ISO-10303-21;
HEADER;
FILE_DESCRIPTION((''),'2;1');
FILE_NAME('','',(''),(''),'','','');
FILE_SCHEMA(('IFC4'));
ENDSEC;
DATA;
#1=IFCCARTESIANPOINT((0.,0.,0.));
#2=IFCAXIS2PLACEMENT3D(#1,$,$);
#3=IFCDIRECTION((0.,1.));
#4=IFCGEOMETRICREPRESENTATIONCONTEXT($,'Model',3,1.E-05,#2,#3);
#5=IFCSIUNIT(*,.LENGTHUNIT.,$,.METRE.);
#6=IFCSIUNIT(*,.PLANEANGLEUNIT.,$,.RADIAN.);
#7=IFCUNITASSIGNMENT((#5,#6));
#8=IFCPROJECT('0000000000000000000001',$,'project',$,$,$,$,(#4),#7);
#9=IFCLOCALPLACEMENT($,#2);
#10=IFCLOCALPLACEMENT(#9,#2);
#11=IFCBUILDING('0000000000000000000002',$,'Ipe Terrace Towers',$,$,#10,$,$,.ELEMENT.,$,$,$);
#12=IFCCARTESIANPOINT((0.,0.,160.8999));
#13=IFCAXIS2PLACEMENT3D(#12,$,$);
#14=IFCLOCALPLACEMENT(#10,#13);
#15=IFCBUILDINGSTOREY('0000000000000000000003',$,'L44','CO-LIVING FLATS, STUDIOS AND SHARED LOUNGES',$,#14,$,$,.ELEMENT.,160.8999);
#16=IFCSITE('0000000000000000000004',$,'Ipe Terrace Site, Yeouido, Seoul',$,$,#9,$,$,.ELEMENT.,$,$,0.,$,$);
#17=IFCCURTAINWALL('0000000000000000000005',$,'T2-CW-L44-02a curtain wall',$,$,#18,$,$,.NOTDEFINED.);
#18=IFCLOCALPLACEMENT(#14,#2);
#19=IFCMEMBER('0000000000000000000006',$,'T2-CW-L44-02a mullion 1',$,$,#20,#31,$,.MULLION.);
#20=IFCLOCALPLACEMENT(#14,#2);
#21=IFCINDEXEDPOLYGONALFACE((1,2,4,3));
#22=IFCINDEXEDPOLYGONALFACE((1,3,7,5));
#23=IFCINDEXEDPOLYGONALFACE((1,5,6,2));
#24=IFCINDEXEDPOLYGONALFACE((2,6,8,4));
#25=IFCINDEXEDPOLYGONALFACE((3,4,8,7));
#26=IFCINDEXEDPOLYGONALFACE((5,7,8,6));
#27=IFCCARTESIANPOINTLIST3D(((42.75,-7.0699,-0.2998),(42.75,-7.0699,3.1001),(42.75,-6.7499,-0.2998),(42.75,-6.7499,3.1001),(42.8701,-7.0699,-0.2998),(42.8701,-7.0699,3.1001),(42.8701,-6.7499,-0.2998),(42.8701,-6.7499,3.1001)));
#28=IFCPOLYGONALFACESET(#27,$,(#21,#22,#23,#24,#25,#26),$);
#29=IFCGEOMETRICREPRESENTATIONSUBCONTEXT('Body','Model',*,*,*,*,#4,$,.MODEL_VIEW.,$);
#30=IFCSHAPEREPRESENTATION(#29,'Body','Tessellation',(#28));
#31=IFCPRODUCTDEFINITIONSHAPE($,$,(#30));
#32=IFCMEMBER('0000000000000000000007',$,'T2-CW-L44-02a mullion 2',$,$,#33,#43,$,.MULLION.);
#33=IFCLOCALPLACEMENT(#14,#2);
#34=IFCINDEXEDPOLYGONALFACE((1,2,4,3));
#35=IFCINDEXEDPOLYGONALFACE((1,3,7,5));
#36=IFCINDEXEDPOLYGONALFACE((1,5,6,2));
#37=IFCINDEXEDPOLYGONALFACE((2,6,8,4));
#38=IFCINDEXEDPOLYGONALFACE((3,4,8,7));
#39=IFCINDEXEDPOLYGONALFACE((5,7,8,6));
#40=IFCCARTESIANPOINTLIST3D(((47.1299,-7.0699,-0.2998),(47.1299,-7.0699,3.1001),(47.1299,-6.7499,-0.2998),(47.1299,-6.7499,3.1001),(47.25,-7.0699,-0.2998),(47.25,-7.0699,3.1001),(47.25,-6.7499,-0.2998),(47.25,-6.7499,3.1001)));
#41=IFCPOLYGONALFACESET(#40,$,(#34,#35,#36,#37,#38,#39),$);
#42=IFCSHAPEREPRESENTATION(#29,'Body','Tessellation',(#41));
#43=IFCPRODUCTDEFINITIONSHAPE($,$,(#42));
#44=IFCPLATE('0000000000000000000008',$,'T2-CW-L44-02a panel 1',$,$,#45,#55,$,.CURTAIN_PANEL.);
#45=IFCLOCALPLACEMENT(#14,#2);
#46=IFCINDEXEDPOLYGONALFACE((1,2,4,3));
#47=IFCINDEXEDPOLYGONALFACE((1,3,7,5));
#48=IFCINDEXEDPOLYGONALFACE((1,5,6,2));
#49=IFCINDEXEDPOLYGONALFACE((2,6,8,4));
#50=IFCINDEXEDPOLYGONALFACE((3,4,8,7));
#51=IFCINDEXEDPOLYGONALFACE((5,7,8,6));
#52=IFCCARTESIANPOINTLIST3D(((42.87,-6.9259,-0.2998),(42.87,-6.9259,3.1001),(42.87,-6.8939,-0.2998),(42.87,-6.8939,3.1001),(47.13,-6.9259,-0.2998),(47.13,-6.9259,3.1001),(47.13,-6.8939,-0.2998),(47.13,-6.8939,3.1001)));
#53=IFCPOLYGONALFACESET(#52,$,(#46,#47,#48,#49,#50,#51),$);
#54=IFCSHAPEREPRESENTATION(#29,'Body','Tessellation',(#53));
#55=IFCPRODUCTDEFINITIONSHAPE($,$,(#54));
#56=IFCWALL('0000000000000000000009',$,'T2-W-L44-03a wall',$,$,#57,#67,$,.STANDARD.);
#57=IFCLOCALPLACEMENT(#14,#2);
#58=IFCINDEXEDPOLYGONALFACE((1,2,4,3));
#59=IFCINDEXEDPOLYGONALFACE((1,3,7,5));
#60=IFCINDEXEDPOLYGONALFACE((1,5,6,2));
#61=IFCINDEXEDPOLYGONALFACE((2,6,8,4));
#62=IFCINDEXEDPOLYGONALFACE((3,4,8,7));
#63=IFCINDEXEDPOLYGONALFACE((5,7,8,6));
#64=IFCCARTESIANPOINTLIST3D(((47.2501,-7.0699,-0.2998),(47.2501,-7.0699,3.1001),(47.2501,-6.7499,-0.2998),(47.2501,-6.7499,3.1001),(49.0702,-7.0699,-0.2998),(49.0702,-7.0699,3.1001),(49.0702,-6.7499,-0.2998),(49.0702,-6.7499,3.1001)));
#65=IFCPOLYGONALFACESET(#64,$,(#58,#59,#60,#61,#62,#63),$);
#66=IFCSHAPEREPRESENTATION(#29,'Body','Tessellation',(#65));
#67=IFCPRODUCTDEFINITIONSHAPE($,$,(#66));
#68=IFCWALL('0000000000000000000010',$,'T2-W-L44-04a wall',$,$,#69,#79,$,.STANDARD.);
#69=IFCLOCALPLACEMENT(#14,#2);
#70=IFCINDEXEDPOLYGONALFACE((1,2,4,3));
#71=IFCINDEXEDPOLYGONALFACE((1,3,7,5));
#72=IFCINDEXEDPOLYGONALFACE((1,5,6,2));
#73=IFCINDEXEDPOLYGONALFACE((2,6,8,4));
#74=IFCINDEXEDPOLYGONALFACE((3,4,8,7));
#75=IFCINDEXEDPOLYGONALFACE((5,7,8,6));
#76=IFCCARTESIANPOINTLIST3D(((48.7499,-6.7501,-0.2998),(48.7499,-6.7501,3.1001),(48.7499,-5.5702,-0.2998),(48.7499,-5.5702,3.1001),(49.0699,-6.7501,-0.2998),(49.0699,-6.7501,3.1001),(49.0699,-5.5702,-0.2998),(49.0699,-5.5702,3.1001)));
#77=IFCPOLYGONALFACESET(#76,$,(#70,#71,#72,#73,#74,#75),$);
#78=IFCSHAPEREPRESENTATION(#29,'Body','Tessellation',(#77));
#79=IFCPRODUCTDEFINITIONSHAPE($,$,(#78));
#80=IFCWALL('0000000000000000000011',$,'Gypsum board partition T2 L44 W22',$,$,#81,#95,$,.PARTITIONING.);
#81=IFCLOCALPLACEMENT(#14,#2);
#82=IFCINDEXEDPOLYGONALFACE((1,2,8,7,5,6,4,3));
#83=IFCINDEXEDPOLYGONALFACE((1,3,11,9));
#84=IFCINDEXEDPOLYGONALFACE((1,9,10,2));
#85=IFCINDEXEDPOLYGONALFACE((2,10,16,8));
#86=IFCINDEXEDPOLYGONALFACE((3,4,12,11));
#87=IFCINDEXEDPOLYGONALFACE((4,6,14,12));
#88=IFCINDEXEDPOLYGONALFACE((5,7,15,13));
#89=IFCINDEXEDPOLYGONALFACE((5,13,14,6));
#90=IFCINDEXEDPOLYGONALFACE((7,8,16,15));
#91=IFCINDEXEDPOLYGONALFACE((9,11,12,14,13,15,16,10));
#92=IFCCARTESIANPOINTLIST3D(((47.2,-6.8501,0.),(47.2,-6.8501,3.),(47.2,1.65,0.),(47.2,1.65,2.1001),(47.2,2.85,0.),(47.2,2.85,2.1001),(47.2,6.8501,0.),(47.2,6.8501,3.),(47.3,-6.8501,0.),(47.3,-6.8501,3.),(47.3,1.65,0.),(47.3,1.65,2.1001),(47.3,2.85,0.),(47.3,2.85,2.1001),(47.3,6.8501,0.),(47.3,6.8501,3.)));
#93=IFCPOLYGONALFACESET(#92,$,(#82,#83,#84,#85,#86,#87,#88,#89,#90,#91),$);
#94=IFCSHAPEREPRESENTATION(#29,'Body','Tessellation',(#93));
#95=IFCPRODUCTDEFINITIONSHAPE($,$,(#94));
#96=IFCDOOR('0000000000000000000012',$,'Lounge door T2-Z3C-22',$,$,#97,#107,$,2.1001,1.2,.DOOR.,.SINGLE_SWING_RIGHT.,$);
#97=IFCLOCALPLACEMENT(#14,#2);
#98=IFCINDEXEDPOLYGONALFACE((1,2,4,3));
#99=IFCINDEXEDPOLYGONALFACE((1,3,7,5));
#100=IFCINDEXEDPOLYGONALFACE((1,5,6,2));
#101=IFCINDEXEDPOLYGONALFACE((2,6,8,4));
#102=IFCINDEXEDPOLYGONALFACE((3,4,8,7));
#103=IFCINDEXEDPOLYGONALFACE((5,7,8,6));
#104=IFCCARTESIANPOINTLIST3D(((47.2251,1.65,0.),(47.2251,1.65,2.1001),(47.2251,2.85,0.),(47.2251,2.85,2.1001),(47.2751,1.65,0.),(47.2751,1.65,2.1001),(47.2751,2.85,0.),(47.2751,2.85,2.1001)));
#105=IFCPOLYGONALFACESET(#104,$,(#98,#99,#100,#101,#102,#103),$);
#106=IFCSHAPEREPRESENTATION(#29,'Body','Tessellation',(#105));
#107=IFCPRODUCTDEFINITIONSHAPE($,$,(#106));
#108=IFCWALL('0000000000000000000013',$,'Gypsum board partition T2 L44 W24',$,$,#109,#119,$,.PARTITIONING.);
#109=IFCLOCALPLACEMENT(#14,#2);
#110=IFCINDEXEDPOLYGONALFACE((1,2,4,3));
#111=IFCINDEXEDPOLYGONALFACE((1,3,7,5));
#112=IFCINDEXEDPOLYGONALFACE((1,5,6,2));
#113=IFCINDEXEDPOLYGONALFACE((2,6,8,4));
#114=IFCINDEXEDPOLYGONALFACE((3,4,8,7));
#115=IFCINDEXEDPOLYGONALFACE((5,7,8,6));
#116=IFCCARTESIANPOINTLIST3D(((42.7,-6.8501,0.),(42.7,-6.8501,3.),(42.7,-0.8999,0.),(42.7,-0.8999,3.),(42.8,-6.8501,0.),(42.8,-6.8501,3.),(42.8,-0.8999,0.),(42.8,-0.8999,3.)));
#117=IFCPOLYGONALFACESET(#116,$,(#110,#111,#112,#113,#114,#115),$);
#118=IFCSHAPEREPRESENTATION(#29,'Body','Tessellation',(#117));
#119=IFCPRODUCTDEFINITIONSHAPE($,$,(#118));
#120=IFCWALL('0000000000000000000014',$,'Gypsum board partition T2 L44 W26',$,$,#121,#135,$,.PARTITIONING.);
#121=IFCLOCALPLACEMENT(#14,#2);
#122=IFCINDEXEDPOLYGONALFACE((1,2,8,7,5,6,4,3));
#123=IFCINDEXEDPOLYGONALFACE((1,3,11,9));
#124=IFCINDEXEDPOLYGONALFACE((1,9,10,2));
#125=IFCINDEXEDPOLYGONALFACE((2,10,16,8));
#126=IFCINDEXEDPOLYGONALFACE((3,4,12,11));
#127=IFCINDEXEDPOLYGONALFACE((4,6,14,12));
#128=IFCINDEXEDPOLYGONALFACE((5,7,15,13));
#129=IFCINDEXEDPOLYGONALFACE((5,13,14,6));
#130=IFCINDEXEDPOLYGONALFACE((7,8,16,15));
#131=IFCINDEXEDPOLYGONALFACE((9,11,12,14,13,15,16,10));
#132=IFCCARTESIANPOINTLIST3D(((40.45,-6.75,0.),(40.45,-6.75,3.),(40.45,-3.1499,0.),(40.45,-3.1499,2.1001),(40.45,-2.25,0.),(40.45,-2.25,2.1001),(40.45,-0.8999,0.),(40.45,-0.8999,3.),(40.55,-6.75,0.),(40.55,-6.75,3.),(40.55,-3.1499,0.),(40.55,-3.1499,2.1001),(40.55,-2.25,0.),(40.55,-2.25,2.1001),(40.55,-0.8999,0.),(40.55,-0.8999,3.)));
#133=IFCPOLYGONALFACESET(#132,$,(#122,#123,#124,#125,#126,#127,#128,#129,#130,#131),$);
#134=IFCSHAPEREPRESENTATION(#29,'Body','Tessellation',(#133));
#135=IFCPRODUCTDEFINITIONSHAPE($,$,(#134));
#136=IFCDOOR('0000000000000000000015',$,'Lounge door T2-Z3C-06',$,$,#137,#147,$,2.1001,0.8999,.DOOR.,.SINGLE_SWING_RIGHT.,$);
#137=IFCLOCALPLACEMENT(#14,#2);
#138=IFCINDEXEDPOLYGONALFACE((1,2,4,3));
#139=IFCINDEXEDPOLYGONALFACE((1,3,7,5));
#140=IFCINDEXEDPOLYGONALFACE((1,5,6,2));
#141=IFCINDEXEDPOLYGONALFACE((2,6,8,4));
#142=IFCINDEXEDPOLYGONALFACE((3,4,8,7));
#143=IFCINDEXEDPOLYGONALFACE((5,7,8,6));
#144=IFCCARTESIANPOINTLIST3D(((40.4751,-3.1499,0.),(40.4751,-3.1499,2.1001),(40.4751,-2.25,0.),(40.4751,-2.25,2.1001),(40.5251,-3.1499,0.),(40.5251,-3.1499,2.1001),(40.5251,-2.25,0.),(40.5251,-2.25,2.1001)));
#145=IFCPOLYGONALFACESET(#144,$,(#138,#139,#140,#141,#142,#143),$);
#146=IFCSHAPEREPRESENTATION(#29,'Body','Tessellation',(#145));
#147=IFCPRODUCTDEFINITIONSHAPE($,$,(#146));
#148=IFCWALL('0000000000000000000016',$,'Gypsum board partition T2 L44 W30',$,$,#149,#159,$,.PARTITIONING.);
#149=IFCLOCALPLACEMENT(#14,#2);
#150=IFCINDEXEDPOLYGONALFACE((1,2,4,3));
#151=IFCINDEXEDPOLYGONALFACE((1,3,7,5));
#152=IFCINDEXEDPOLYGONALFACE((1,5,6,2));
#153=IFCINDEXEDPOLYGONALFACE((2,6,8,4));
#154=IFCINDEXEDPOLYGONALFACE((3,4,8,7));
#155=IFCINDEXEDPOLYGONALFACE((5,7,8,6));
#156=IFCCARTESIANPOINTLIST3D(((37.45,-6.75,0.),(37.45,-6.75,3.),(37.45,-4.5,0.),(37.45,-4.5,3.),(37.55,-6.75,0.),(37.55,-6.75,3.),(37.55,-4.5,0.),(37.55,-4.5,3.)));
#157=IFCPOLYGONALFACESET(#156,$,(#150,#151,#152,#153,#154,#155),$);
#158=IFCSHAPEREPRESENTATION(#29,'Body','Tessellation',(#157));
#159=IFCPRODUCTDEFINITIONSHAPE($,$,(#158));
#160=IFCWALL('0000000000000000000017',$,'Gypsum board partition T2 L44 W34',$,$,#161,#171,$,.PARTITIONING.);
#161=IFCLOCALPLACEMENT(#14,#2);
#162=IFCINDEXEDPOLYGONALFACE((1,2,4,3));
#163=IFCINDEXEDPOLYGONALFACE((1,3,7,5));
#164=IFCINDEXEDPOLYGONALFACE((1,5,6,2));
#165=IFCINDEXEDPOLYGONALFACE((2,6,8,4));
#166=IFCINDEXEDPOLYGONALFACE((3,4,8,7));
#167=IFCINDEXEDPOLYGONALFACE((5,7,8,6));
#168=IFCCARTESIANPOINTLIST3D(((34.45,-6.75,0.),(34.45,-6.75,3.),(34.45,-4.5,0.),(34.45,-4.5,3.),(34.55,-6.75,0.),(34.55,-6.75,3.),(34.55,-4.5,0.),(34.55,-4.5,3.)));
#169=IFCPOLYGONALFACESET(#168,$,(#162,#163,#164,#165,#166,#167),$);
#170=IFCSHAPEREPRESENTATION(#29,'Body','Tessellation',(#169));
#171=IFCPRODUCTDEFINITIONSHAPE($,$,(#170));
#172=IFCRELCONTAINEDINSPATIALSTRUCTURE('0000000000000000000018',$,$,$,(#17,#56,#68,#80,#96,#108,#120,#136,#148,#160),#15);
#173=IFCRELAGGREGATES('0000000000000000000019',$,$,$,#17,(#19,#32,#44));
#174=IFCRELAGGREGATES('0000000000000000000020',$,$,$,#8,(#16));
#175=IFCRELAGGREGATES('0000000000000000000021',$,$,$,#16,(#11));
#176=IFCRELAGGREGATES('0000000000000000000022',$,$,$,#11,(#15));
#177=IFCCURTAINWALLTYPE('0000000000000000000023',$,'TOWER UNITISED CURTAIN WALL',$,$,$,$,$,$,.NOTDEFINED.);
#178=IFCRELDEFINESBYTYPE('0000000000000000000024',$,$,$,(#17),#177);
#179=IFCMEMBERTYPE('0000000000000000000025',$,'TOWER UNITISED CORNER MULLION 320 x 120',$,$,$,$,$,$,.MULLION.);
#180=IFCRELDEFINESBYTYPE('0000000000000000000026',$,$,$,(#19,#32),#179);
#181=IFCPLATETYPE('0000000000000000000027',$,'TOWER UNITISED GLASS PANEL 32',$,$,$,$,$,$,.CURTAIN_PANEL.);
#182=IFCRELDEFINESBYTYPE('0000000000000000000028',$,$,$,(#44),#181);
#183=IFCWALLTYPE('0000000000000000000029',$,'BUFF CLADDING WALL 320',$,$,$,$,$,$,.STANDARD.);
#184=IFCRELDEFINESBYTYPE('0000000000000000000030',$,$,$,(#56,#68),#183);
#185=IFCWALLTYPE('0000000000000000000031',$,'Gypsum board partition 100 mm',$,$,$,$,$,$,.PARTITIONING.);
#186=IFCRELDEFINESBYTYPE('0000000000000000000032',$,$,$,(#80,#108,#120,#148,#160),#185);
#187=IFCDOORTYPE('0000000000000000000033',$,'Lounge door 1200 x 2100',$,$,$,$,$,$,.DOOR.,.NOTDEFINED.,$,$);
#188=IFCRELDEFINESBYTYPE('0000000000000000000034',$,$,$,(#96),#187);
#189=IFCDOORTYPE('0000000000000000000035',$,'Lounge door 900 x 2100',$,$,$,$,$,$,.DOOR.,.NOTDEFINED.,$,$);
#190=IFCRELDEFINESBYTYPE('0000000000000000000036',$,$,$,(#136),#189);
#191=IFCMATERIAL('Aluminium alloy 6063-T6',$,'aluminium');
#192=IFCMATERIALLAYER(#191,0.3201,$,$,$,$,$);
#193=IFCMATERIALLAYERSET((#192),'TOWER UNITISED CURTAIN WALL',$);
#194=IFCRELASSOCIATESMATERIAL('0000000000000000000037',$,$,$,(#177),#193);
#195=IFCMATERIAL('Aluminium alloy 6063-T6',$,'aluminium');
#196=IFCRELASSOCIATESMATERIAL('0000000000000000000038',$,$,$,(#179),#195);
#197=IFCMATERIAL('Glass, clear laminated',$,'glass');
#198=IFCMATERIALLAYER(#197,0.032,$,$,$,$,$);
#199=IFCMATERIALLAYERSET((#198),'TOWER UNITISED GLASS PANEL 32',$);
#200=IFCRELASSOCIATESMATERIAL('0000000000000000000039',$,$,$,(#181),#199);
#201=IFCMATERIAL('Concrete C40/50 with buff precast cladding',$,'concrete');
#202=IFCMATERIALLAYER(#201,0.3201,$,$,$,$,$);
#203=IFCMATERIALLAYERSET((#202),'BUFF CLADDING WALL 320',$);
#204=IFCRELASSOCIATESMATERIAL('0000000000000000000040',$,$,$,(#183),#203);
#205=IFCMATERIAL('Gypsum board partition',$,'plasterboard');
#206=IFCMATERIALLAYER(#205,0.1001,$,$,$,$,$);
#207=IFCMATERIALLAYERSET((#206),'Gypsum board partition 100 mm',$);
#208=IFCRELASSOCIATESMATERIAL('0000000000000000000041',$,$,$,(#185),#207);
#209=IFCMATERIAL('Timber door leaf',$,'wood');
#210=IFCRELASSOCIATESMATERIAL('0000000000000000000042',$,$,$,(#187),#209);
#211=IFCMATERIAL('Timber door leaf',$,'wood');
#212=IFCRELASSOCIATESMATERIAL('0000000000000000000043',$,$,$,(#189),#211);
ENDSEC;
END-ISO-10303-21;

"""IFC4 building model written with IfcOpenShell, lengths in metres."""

from ifc_helpers import new_model, si_unit, direction, frame, frame_2d, origin, origin_2d, place, context, subcontext, project, spatial, rectangle, extrude, material, layer, layer_set, material_profile, profile_set, type_object, element, fill, aggregate, save


model = new_model("IFC4")

# Units and contexts
model_context = context("Model", 3, precision=1e-05, world=origin(), true_north=direction((0.0, 1.0)))
body_context = subcontext(model_context, "Body", "Model", "MODEL_VIEW")
ifc_project = project(units=[si_unit("LENGTHUNIT", "METRE"), si_unit("PLANEANGLEUNIT", "RADIAN")], contexts=[model_context])

# Site, building, storey
site_placement = place(None, origin())
site = spatial("IfcSite", under=ifc_project, at=site_placement, Name="Ipe Terrace Site, Yeouido, Seoul", CompositionType="ELEMENT", RefElevation=0.0)
building_placement = place(site_placement, origin())
building = spatial("IfcBuilding", under=site, at=building_placement, Name="Ipe Terrace Towers", CompositionType="ELEMENT")
storey_placement = place(building_placement, frame((0.0, 0.0, 160.8999)))
storey = spatial("IfcBuildingStorey", under=building, at=storey_placement, Name="L44", Description="CO-LIVING FLATS, STUDIOS AND SHARED LOUNGES", CompositionType="ELEMENT", Elevation=160.8999)

# Curtain wall, members, plate
ifc_material_1 = material(Name="Aluminium alloy 6063-T6", Category="aluminium")
ifc_layer_1 = layer(ifc_material_1, 0.3201)
ifc_layer_set_1 = layer_set([ifc_layer_1], Name="TOWER UNITISED CURTAIN WALL")
curtain_wall_type = type_object("IfcCurtainWallType", Name="TOWER UNITISED CURTAIN WALL", PredefinedType="NOTDEFINED", material=ifc_layer_set_1)
curtain_wall_placement = place(storey_placement, origin())
curtain_wall = element("IfcCurtainWall", 1, at=curtain_wall_placement, inside=storey, type_object=curtain_wall_type, Name="T2-CW-L44-02a curtain wall", PredefinedType="NOTDEFINED")
ifc_material_2 = material(Name="Aluminium alloy 6063-T6", Category="aluminium")
ifc_material_profile = material_profile(ifc_material_2, rectangle(XDim=0.3201, YDim=0.1201, at=origin_2d()), Name="TOWER UNITISED CORNER MULLION 320 x 120")
ifc_profile_set = profile_set([ifc_material_profile], Name="Aluminium alloy 6063-T6")
member_type = type_object("IfcMemberType", Name="TOWER UNITISED CORNER MULLION 320 x 120", PredefinedType="MULLION", material=ifc_profile_set)
member_1_placement = place(storey_placement, frame((42.8101, -6.9099, -0.2998), z_axis=(0.0, 0.0, 1.0), x_axis=(0.0, -1.0, 0.0)))
member_1 = element("IfcMember", 2, at=member_1_placement, type_object=member_type, Name="T2-CW-L44-02a mullion 1", PredefinedType="MULLION", context=body_context, shape_type="SweptSolid", body=[
    extrude(rectangle(XDim=0.3201, YDim=0.1201, at=origin_2d()), origin(), (0.0, 0.0, 1.0), 3.3999),
])
member_2_placement = place(storey_placement, frame((47.1899, -6.9099, -0.2998), z_axis=(0.0, 0.0, 1.0), x_axis=(0.0, -1.0, 0.0)))
member_2 = element("IfcMember", 3, at=member_2_placement, type_object=member_type, Name="T2-CW-L44-02a mullion 2", PredefinedType="MULLION", context=body_context, shape_type="SweptSolid", body=[
    extrude(rectangle(XDim=0.3201, YDim=0.1201, at=origin_2d()), origin(), (0.0, 0.0, 1.0), 3.3999),
])
ifc_material_3 = material(Name="Glass, clear laminated", Category="glass")
ifc_layer_2 = layer(ifc_material_3, 0.032)
ifc_layer_set_2 = layer_set([ifc_layer_2], Name="TOWER UNITISED GLASS PANEL 32")
plate_type = type_object("IfcPlateType", Name="TOWER UNITISED GLASS PANEL 32", PredefinedType="CURTAIN_PANEL", material=ifc_layer_set_2)
plate_placement = place(storey_placement, frame((45.0, -6.9099, -0.2998), z_axis=(0.0, 0.0, 1.0), x_axis=(1.0, 0.0, 0.0)))
plate = element("IfcPlate", 4, at=plate_placement, type_object=plate_type, Name="T2-CW-L44-02a panel 1", PredefinedType="CURTAIN_PANEL", context=body_context, shape_type="SweptSolid", body=[
    extrude(rectangle(XDim=4.26, YDim=0.032, at=origin_2d()), origin(), (0.0, 0.0, 1.0), 3.3999),
])
aggregate(curtain_wall, [member_1, member_2, plate])

# Walls
ifc_material_4 = material(Name="Concrete C40/50 with buff precast cladding", Category="concrete")
ifc_layer_3 = layer(ifc_material_4, 0.3201)
ifc_layer_set_3 = layer_set([ifc_layer_3], Name="BUFF CLADDING WALL 320")
wall_type_1 = type_object("IfcWallType", Name="BUFF CLADDING WALL 320", PredefinedType="STANDARD", material=ifc_layer_set_3)
wall_1_placement = place(storey_placement, frame((47.25, -6.9099, -0.2998), z_axis=(0.0, 0.0, 1.0), x_axis=(1.0, 0.0, 0.0)))
element("IfcWall", 5, at=wall_1_placement, inside=storey, type_object=wall_type_1, Name="T2-W-L44-03a wall", PredefinedType="STANDARD", context=body_context, shape_type="SweptSolid", body=[
    extrude(rectangle(XDim=1.8201, YDim=0.3201, at=frame_2d((0.9102, 0.0))), origin(), (0.0, 0.0, 1.0), 3.3999),
])
wall_2_placement = place(storey_placement, frame((48.9099, -6.75, -0.2998), z_axis=(0.0, 0.0, 1.0), x_axis=(0.0, 1.0, 0.0)))
element("IfcWall", 6, at=wall_2_placement, inside=storey, type_object=wall_type_1, Name="T2-W-L44-04a wall", PredefinedType="STANDARD", context=body_context, shape_type="SweptSolid", body=[
    extrude(rectangle(XDim=1.1799, YDim=0.3201, at=frame_2d((0.5898, 0.0))), origin(), (0.0, 0.0, 1.0), 3.3999),
])

# Wall, opening, door
ifc_material_5 = material(Name="Gypsum board partition", Category="plasterboard")
ifc_layer_4 = layer(ifc_material_5, 0.1001)
ifc_layer_set_4 = layer_set([ifc_layer_4], Name="Gypsum board partition 100 mm")
wall_type_2 = type_object("IfcWallType", Name="Gypsum board partition 100 mm", PredefinedType="PARTITIONING", material=ifc_layer_set_4)
wall_3_placement = place(storey_placement, frame((47.25, -6.8501, 0.0), z_axis=(0.0, 0.0, 1.0), x_axis=(0.0, 1.0, 0.0)))
wall_3 = element("IfcWall", 7, at=wall_3_placement, inside=storey, type_object=wall_type_2, Name="Gypsum board partition T2 L44 W22", PredefinedType="PARTITIONING", context=body_context, shape_type="SweptSolid", body=[
    extrude(rectangle(XDim=13.7002, YDim=0.1001, at=frame_2d((6.8501, 0.0))), origin(), (0.0, 0.0, 1.0), 3.0),
])
opening_1_placement = place(wall_3_placement, frame((8.5, 0.0, 0.0)))
opening_1 = element("IfcOpeningElement", 8, at=opening_1_placement, cuts=wall_3, PredefinedType="OPENING", context=body_context, shape_type="SweptSolid", body=[
    extrude(rectangle(XDim=1.2, YDim=2.1001, at=frame_2d((0.6001, 1.05))), frame((0.0, 0.0601, 0.0), z_axis=(0.0, -1.0, 0.0), x_axis=(1.0, 0.0, 0.0)), (0.0, 0.0, 1.0), 0.1201),
])
ifc_material_6 = material(Name="Timber door leaf", Category="wood")
door_type_1 = type_object("IfcDoorType", Name="Lounge door 1200 x 2100", OperationType="NOTDEFINED", PredefinedType="DOOR", material=ifc_material_6)
door_1_placement = place(opening_1_placement, origin())
door_1 = element("IfcDoor", 9, at=door_1_placement, inside=storey, type_object=door_type_1, Name="Lounge door T2-Z3C-22", OperationType="SINGLE_SWING_RIGHT", OverallHeight=2.1001, OverallWidth=1.2, PredefinedType="DOOR", context=body_context, shape_type="SweptSolid", body=[
    extrude(rectangle(XDim=1.2, YDim=2.1001, at=frame_2d((0.6001, 1.05))), frame((0.0, 0.0249, 0.0), z_axis=(0.0, -1.0, 0.0), x_axis=(1.0, 0.0, 0.0)), (0.0, 0.0, 1.0), 0.05),
])
fill(opening_1, door_1)

# Wall
wall_4_placement = place(storey_placement, frame((42.75, -6.8501, 0.0), z_axis=(0.0, 0.0, 1.0), x_axis=(0.0, 1.0, 0.0)))
element("IfcWall", 10, at=wall_4_placement, inside=storey, type_object=wall_type_2, Name="Gypsum board partition T2 L44 W24", PredefinedType="PARTITIONING", context=body_context, shape_type="SweptSolid", body=[
    extrude(rectangle(XDim=5.9502, YDim=0.1001, at=frame_2d((2.9751, 0.0))), origin(), (0.0, 0.0, 1.0), 3.0),
])

# Wall, opening, door
wall_5_placement = place(storey_placement, frame((40.5, -6.75, 0.0), z_axis=(0.0, 0.0, 1.0), x_axis=(0.0, 1.0, 0.0)))
wall_5 = element("IfcWall", 11, at=wall_5_placement, inside=storey, type_object=wall_type_2, Name="Gypsum board partition T2 L44 W26", PredefinedType="PARTITIONING", context=body_context, shape_type="SweptSolid", body=[
    extrude(rectangle(XDim=5.8501, YDim=0.1001, at=frame_2d((2.925, 0.0))), origin(), (0.0, 0.0, 1.0), 3.0),
])
opening_2_placement = place(wall_5_placement, frame((3.6001, 0.0, 0.0)))
opening_2 = element("IfcOpeningElement", 12, at=opening_2_placement, cuts=wall_5, PredefinedType="OPENING", context=body_context, shape_type="SweptSolid", body=[
    extrude(rectangle(XDim=0.8999, YDim=2.1001, at=frame_2d((0.45, 1.05))), frame((0.0, 0.0601, 0.0), z_axis=(0.0, -1.0, 0.0), x_axis=(1.0, 0.0, 0.0)), (0.0, 0.0, 1.0), 0.1201),
])
ifc_material_7 = material(Name="Timber door leaf", Category="wood")
door_type_2 = type_object("IfcDoorType", Name="Lounge door 900 x 2100", OperationType="NOTDEFINED", PredefinedType="DOOR", material=ifc_material_7)
door_2_placement = place(opening_2_placement, origin())
door_2 = element("IfcDoor", 13, at=door_2_placement, inside=storey, type_object=door_type_2, Name="Lounge door T2-Z3C-06", OperationType="SINGLE_SWING_RIGHT", OverallHeight=2.1001, OverallWidth=0.8999, PredefinedType="DOOR", context=body_context, shape_type="SweptSolid", body=[
    extrude(rectangle(XDim=0.8999, YDim=2.1001, at=frame_2d((0.45, 1.05))), frame((0.0, 0.0249, 0.0), z_axis=(0.0, -1.0, 0.0), x_axis=(1.0, 0.0, 0.0)), (0.0, 0.0, 1.0), 0.05),
])
fill(opening_2, door_2)

# Walls
for number, where, z_axis, x_axis, name in (
    (14, (37.5, -6.75, 0.0), (0.0, 0.0, 1.0), (0.0, 1.0, 0.0), "Gypsum board partition T2 L44 W30"),
    (15, (34.5, -6.75, 0.0), (0.0, 0.0, 1.0), (0.0, 1.0, 0.0), "Gypsum board partition T2 L44 W34"),
):
    element("IfcWall", number, at=place(storey_placement, frame(where, z_axis=z_axis, x_axis=x_axis)), inside=storey, type_object=wall_type_2, Name=name, PredefinedType="PARTITIONING", context=body_context, shape_type="SweptSolid", body=[
        extrude(rectangle(XDim=2.25, YDim=0.1001, at=frame_2d((1.125, 0.0))), origin(), (0.0, 0.0, 1.0), 3.0),
    ])

save(model, "model.ifc")
